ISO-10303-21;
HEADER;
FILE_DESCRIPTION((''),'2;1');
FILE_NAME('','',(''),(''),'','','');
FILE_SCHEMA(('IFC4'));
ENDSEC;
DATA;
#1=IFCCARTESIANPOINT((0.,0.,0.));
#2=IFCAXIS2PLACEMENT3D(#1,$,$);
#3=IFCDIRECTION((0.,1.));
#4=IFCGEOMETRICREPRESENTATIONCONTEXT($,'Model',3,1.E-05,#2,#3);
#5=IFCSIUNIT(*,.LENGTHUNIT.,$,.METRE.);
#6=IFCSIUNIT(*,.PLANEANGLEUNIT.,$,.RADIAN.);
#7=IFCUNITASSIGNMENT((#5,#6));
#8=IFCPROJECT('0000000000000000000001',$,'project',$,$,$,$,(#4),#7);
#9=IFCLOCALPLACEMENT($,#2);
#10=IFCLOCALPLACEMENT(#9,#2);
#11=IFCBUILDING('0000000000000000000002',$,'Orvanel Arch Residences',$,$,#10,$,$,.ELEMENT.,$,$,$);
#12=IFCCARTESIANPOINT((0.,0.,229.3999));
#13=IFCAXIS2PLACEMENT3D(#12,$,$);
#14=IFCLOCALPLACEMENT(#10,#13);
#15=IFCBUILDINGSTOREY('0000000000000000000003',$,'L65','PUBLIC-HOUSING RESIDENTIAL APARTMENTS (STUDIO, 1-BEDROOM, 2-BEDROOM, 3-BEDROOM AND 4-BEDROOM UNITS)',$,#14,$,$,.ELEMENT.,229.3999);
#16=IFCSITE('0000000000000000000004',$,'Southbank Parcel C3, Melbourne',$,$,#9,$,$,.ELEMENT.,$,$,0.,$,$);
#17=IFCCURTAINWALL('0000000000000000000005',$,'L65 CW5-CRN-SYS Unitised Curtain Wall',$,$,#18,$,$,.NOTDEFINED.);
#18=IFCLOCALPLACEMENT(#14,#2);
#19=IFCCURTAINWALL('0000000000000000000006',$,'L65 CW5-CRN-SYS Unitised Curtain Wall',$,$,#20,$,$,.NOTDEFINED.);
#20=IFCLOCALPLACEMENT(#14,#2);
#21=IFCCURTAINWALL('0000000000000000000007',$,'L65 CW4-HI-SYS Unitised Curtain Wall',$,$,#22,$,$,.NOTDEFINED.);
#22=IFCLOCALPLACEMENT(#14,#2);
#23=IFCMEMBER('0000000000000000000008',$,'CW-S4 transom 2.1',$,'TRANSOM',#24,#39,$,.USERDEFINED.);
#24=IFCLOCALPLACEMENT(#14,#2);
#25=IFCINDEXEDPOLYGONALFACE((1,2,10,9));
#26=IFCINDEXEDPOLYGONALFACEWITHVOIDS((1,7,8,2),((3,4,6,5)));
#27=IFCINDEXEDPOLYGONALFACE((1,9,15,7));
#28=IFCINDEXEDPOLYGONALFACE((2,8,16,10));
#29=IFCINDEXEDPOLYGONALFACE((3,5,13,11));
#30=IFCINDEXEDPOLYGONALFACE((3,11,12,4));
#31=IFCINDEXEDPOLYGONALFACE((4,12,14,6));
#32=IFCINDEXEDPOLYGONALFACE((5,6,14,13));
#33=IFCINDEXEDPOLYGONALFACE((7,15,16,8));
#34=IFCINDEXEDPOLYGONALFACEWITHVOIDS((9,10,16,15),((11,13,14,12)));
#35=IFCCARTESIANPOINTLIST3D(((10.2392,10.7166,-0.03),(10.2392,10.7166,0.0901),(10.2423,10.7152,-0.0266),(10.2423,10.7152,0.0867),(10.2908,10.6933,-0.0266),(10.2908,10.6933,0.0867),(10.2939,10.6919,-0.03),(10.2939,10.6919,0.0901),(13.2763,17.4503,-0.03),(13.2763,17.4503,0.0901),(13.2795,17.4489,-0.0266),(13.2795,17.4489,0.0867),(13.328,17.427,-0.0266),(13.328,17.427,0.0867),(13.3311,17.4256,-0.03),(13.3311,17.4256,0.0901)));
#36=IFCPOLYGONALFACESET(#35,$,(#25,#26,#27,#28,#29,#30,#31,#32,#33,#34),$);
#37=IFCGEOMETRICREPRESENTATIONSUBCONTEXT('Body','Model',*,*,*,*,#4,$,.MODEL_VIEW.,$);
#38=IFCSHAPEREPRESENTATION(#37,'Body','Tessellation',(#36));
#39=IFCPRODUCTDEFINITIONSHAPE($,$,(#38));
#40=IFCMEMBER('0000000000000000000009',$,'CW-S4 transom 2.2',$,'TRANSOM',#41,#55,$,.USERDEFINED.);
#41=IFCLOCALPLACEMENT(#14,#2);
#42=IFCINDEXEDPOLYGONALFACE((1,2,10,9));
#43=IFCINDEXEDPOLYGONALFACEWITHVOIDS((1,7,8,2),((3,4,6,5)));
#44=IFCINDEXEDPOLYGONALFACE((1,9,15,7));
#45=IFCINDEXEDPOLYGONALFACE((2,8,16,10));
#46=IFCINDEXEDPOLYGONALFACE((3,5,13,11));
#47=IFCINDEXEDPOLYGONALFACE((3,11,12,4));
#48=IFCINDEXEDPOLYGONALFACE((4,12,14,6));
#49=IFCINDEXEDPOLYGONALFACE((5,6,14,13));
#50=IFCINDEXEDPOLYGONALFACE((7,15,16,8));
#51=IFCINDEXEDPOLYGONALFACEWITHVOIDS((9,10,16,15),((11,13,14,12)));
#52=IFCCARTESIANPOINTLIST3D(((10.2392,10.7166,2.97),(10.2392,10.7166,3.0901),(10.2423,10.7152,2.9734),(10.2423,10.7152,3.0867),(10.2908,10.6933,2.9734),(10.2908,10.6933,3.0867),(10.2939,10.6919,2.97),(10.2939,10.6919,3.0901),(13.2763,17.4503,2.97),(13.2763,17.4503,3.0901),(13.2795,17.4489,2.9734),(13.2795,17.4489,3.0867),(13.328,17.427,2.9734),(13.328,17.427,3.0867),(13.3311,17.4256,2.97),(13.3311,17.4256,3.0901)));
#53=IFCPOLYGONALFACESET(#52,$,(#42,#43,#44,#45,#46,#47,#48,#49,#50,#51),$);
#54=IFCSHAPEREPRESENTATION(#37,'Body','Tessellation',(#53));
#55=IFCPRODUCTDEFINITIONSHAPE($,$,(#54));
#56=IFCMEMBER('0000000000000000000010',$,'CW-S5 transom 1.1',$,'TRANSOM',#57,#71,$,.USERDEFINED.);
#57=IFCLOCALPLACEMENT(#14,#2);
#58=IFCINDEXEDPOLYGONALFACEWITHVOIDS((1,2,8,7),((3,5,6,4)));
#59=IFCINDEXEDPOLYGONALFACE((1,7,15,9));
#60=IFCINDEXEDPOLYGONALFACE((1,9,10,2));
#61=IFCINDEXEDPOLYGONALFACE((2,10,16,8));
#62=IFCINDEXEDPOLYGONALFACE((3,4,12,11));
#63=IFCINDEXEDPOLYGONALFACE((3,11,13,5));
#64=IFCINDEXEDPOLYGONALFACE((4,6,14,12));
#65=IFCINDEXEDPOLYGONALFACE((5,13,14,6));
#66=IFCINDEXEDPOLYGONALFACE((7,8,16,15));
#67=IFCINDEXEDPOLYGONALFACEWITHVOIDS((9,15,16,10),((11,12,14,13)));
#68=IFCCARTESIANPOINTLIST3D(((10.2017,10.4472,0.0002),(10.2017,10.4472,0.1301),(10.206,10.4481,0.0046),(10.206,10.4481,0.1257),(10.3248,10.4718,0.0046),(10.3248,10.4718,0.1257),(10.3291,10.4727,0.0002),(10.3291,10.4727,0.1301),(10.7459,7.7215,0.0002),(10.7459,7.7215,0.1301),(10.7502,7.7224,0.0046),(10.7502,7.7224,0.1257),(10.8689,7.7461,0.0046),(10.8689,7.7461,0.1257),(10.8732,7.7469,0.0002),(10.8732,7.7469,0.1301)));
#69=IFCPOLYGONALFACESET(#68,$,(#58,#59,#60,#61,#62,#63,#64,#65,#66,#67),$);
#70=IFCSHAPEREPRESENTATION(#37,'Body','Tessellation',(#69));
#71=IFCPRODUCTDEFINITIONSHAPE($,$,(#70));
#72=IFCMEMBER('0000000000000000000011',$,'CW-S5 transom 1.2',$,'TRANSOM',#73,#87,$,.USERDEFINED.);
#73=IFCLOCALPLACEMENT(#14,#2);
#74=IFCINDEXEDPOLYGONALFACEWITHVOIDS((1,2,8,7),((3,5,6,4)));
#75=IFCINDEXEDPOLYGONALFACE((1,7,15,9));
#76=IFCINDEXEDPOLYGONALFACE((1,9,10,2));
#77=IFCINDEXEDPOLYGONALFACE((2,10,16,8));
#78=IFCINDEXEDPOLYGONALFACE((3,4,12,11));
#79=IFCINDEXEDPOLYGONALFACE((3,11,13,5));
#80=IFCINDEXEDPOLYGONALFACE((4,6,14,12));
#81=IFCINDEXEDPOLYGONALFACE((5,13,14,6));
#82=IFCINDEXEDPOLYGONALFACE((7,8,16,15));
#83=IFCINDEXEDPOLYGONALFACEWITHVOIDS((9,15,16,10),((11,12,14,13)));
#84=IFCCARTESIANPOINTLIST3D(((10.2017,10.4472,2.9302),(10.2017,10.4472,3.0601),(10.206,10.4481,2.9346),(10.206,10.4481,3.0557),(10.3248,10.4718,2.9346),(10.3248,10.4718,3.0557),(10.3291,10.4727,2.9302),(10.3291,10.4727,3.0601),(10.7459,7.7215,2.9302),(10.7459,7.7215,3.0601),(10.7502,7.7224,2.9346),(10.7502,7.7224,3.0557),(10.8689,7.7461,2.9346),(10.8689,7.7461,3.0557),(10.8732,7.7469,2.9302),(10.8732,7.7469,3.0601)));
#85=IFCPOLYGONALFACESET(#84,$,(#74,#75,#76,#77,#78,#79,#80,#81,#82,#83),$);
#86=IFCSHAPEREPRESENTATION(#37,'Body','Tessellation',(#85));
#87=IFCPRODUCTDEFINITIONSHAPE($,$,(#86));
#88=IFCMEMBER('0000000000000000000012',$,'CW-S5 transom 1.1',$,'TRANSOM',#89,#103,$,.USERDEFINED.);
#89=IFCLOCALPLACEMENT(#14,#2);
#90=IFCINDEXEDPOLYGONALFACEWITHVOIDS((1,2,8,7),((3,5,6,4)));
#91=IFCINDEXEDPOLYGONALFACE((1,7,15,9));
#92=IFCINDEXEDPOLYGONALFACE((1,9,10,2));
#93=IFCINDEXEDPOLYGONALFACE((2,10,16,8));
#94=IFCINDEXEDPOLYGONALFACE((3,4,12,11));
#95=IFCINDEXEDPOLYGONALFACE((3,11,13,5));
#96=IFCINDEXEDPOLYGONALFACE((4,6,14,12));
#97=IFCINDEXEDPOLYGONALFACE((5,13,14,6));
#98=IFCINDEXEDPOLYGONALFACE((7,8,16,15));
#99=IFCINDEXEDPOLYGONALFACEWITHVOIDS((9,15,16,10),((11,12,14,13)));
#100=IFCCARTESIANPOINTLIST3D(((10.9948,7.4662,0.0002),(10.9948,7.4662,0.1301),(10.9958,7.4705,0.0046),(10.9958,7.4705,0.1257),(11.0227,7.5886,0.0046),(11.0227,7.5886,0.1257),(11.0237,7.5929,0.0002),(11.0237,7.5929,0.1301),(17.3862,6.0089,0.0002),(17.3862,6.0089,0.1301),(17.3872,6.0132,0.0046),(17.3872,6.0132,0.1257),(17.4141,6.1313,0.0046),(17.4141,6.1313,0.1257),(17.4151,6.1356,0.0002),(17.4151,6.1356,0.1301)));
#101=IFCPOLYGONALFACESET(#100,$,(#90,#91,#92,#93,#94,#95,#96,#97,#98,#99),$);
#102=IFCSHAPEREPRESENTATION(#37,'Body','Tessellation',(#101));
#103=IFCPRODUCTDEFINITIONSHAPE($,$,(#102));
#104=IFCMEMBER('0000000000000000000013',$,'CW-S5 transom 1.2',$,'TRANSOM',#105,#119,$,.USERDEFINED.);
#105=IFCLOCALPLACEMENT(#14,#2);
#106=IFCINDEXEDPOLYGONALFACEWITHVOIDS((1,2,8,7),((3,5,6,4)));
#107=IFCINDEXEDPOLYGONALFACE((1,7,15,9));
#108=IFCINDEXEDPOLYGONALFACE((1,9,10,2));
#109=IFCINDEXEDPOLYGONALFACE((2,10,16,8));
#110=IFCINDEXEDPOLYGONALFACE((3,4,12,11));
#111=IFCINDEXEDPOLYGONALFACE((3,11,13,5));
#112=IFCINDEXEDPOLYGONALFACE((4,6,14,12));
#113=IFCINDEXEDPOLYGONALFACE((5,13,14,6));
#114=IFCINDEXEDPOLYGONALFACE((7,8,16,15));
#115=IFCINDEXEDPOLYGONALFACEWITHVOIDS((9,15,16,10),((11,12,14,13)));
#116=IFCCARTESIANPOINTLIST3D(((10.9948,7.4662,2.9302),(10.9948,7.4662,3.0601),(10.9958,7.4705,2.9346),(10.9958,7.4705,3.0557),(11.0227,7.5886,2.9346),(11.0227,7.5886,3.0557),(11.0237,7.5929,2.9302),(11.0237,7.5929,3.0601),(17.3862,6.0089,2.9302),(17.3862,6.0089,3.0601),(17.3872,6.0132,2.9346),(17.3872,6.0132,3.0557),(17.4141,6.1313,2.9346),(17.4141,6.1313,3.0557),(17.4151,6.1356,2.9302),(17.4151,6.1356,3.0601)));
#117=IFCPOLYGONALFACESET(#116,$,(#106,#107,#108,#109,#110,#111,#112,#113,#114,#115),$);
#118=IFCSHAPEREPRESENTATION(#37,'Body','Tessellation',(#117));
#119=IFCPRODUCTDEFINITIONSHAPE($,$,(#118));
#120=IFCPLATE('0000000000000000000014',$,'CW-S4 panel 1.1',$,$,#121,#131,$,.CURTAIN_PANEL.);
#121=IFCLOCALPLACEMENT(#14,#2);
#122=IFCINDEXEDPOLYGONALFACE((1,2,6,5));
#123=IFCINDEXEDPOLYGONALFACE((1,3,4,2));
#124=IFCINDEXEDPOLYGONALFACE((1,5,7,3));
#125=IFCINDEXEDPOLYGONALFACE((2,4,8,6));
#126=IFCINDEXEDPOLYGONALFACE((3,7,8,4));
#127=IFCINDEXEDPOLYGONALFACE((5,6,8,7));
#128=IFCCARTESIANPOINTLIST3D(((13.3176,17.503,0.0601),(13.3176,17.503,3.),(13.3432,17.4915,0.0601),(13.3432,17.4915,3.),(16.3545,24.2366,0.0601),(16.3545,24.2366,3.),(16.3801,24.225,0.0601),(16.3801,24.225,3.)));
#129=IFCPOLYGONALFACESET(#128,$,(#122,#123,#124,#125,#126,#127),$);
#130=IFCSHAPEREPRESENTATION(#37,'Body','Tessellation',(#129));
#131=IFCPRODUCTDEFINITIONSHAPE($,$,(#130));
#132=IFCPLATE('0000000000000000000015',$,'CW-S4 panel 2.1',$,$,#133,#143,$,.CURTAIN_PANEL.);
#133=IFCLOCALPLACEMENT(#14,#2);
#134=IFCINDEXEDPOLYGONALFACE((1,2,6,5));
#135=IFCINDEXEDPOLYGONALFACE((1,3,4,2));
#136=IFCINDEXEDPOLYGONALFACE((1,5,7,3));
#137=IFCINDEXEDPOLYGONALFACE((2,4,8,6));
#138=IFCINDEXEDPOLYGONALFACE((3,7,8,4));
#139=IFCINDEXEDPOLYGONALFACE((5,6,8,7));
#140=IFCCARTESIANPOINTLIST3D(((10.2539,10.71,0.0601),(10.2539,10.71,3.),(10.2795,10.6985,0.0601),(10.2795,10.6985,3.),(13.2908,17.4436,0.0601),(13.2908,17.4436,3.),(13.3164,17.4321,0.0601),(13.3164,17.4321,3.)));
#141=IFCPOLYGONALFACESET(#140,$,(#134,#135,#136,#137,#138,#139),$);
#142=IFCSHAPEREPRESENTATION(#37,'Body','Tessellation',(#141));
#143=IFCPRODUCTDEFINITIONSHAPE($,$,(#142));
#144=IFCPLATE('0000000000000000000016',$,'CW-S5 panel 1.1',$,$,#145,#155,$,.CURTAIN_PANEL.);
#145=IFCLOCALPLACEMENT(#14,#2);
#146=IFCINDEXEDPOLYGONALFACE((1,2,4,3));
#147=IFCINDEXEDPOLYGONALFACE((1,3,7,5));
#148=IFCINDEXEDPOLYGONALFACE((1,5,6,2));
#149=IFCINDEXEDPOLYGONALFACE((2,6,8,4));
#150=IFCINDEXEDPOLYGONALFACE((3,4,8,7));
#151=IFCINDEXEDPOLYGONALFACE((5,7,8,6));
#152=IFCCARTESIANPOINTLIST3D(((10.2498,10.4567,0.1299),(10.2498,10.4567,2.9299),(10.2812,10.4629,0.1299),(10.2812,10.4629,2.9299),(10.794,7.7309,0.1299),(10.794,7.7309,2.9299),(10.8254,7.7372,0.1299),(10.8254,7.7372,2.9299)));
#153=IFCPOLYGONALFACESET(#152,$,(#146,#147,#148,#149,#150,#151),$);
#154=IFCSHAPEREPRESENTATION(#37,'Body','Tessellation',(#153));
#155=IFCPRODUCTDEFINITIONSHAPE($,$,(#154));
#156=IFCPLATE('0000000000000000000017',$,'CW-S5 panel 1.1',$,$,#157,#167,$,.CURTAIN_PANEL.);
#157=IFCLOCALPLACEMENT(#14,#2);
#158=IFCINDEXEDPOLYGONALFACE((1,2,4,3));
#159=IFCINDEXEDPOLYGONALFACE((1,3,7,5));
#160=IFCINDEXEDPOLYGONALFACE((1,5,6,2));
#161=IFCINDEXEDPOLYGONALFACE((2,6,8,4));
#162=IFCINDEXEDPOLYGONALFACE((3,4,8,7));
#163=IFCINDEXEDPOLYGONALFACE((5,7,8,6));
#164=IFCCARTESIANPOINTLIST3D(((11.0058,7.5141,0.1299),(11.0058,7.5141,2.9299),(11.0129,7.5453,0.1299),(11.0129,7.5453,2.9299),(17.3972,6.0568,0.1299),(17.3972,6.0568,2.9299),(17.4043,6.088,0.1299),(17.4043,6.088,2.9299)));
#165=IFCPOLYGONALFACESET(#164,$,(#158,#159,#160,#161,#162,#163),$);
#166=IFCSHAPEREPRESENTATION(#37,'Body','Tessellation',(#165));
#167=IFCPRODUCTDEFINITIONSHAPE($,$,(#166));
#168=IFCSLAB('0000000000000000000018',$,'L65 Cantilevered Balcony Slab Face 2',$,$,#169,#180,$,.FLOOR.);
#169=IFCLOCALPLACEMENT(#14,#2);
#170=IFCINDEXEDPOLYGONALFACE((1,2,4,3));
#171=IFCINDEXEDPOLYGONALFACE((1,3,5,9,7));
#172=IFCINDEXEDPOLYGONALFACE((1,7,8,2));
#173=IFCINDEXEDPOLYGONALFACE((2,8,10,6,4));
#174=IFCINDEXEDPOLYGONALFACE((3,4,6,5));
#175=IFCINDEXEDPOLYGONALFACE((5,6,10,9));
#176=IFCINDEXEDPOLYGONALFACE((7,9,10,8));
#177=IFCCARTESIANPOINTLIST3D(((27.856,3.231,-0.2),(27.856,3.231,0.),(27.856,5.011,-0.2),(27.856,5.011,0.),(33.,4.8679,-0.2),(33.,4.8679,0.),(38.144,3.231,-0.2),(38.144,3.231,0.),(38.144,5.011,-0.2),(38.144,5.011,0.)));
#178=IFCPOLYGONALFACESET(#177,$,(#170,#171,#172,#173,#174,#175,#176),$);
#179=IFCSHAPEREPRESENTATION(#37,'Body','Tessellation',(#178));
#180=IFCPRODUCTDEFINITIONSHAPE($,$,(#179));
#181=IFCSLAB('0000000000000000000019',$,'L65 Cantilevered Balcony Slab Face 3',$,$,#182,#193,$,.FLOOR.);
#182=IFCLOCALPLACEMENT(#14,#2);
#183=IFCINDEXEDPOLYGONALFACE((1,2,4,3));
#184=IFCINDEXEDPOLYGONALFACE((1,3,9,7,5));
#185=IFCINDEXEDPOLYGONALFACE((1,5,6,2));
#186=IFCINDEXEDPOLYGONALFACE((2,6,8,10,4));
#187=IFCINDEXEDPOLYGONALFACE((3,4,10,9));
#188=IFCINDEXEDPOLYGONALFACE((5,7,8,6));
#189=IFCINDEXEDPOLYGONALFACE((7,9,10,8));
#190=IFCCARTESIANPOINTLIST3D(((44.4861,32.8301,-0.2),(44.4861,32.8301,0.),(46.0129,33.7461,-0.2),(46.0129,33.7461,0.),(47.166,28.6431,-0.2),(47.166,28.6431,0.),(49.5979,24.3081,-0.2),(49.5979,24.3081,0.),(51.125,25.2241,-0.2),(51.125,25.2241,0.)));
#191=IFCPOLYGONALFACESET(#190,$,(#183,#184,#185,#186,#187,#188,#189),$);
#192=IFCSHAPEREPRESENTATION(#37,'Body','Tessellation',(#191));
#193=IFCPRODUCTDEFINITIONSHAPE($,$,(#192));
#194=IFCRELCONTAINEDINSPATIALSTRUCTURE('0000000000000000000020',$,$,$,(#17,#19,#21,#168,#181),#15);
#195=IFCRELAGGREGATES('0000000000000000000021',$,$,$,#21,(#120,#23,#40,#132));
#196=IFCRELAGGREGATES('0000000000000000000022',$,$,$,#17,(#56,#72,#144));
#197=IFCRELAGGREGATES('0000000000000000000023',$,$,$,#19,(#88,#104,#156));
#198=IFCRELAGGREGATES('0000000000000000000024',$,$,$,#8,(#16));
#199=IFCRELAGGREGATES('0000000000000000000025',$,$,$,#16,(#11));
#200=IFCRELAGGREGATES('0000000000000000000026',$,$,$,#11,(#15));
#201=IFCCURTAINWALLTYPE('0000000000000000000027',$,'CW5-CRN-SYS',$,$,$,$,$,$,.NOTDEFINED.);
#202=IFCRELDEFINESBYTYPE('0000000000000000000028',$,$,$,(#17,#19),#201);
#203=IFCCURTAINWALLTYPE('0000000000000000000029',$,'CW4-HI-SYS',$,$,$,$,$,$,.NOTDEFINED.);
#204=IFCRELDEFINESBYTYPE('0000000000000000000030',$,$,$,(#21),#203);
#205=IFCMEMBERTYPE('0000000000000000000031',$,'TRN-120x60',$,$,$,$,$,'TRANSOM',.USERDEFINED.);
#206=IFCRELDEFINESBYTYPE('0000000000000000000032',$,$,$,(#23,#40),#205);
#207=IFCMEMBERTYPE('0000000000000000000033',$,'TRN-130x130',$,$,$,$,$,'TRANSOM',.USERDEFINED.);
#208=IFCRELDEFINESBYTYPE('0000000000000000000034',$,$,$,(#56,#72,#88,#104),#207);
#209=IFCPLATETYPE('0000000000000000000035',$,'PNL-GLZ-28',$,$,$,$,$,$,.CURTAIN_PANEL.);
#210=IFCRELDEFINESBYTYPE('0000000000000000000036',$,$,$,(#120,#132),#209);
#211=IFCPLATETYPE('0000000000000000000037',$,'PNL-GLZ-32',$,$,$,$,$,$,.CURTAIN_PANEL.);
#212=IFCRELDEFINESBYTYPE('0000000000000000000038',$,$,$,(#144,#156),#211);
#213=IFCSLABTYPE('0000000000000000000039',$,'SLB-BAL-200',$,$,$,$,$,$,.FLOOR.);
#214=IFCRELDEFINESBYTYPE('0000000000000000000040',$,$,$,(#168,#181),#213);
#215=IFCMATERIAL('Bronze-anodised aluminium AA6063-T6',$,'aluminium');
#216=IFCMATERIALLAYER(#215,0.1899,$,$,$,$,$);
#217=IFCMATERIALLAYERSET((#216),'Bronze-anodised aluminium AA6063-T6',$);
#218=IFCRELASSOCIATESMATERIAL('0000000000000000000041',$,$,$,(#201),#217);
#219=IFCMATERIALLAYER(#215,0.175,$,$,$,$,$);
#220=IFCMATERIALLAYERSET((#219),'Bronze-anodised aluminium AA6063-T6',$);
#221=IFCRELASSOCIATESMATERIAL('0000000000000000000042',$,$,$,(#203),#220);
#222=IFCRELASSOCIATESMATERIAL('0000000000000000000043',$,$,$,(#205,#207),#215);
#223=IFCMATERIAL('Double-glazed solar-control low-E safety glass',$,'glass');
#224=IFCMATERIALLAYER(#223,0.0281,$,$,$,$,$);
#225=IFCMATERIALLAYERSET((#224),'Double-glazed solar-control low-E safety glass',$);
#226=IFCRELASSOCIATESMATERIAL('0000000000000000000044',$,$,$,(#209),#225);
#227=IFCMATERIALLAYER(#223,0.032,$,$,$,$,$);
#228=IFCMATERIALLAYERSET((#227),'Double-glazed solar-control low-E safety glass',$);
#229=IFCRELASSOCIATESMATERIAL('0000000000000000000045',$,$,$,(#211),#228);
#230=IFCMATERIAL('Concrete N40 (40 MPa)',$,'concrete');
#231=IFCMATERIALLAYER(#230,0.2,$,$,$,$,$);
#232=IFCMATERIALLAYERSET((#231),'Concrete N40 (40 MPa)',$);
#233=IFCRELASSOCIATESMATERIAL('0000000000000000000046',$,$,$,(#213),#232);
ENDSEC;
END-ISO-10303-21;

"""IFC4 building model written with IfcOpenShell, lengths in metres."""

from ifc_helpers import new_model, si_unit, direction, frame, origin, origin_2d, place, context, subcontext, project, spatial, polyline, rectangle, hollow_rectangle, outline, extrude, material, layer, layer_set, material_profile, profile_set, type_object, element, aggregate, save


model = new_model("IFC4")

# Units and contexts
model_context = context("Model", 3, precision=1e-05, world=origin(), true_north=direction((0.0, 1.0)))
body_context = subcontext(model_context, "Body", "Model", "MODEL_VIEW")
ifc_project = project(units=[si_unit("LENGTHUNIT", "METRE"), si_unit("PLANEANGLEUNIT", "RADIAN")], contexts=[model_context])

# Site, building, storey
site_placement = place(None, origin())
site = spatial("IfcSite", under=ifc_project, at=site_placement, Name="Southbank Parcel C3, Melbourne", CompositionType="ELEMENT", RefElevation=0.0)
building_placement = place(site_placement, origin())
building = spatial("IfcBuilding", under=site, at=building_placement, Name="Orvanel Arch Residences", CompositionType="ELEMENT")
storey_placement = place(building_placement, frame((0.0, 0.0, 229.3999)))
storey = spatial("IfcBuildingStorey", under=building, at=storey_placement, Name="L65", Description="PUBLIC-HOUSING RESIDENTIAL APARTMENTS (STUDIO, 1-BEDROOM, 2-BEDROOM, 3-BEDROOM AND 4-BEDROOM UNITS)", CompositionType="ELEMENT", Elevation=229.3999)

# Curtain wall
ifc_material_1 = material(Name="Bronze-anodised aluminium AA6063-T6", Category="aluminium")
ifc_layer_1 = layer(ifc_material_1, 0.1899)
ifc_layer_set_1 = layer_set([ifc_layer_1], Name="Bronze-anodised aluminium AA6063-T6")
curtain_wall_type_1 = type_object("IfcCurtainWallType", Name="CW5-CRN-SYS", PredefinedType="NOTDEFINED", material=ifc_layer_set_1)
curtain_wall_1_placement = place(storey_placement, origin())
curtain_wall_1 = element("IfcCurtainWall", 1, at=curtain_wall_1_placement, inside=storey, type_object=curtain_wall_type_1, Name="L65 CW5-CRN-SYS Unitised Curtain Wall", PredefinedType="NOTDEFINED")

# Curtain wall
curtain_wall_2_placement = place(storey_placement, origin())
curtain_wall_2 = element("IfcCurtainWall", 2, at=curtain_wall_2_placement, inside=storey, type_object=curtain_wall_type_1, Name="L65 CW5-CRN-SYS Unitised Curtain Wall", PredefinedType="NOTDEFINED")

# Curtain wall
ifc_layer_2 = layer(ifc_material_1, 0.175)
ifc_layer_set_2 = layer_set([ifc_layer_2], Name="Bronze-anodised aluminium AA6063-T6")
curtain_wall_type_2 = type_object("IfcCurtainWallType", Name="CW4-HI-SYS", PredefinedType="NOTDEFINED", material=ifc_layer_set_2)
curtain_wall_3_placement = place(storey_placement, origin())
curtain_wall_3 = element("IfcCurtainWall", 3, at=curtain_wall_3_placement, inside=storey, type_object=curtain_wall_type_2, Name="L65 CW4-HI-SYS Unitised Curtain Wall", PredefinedType="NOTDEFINED")

# Members
ifc_material_profile_1 = material_profile(ifc_material_1, hollow_rectangle(XDim=0.0601, YDim=0.1201, WallThickness=0.0034, at=origin_2d()), Name="ALU120x60x3.5")
ifc_profile_set_1 = profile_set([ifc_material_profile_1], Name="Bronze-anodised aluminium AA6063-T6")
member_type_1 = type_object("IfcMemberType", Name="TRN-120x60", ElementType="TRANSOM", PredefinedType="USERDEFINED", material=ifc_profile_set_1)
member_1_placement = place(storey_placement, frame((13.3037, 17.438, 0.03), z_axis=(-0.411149, -0.911568, 0.0), x_axis=(0.911568, -0.411149, 0.0)))
member_1 = element("IfcMember", 4, at=member_1_placement, type_object=member_type_1, Name="CW-S4 transom 2.1", ObjectType="TRANSOM", PredefinedType="USERDEFINED", context=body_context, shape_type="SweptSolid", body=[
    extrude(hollow_rectangle(XDim=0.0601, YDim=0.1201, WallThickness=0.0034, at=origin_2d()), origin(), (0.0, 0.0, 1.0), 7.387),
])
member_2_placement = place(storey_placement, frame((13.3037, 17.438, 3.03), z_axis=(-0.411149, -0.911568, 0.0), x_axis=(0.911568, -0.411149, 0.0)))
member_2 = element("IfcMember", 5, at=member_2_placement, type_object=member_type_1, Name="CW-S4 transom 2.2", ObjectType="TRANSOM", PredefinedType="USERDEFINED", context=body_context, shape_type="SweptSolid", body=[
    extrude(hollow_rectangle(XDim=0.0601, YDim=0.1201, WallThickness=0.0034, at=origin_2d()), origin(), (0.0, 0.0, 1.0), 7.387),
])
ifc_material_profile_2 = material_profile(ifc_material_1, hollow_rectangle(XDim=0.1299, YDim=0.1299, WallThickness=0.0044, at=origin_2d()), Name="ALU130x130x4.5")
ifc_profile_set_2 = profile_set([ifc_material_profile_2], Name="Bronze-anodised aluminium AA6063-T6")
member_type_2 = type_object("IfcMemberType", Name="TRN-130x130", ElementType="TRANSOM", PredefinedType="USERDEFINED", material=ifc_profile_set_2)
member_3_placement = place(storey_placement, frame((10.2654, 10.46, 0.0652), z_axis=(0.195778, -0.980648, 0.0), x_axis=(0.980648, 0.195778, 0.0)))
member_3 = element("IfcMember", 6, at=member_3_placement, type_object=member_type_2, Name="CW-S5 transom 1.1", ObjectType="TRANSOM", PredefinedType="USERDEFINED", context=body_context, shape_type="SweptSolid", body=[
    extrude(hollow_rectangle(XDim=0.1299, YDim=0.1299, WallThickness=0.0044, at=origin_2d()), origin(), (0.0, 0.0, 1.0), 2.7795),
])
member_4_placement = place(storey_placement, frame((10.2654, 10.46, 2.9951), z_axis=(0.195778, -0.980648, 0.0), x_axis=(0.980648, 0.195778, 0.0)))
member_4 = element("IfcMember", 7, at=member_4_placement, type_object=member_type_2, Name="CW-S5 transom 1.2", ObjectType="TRANSOM", PredefinedType="USERDEFINED", context=body_context, shape_type="SweptSolid", body=[
    extrude(hollow_rectangle(XDim=0.1299, YDim=0.1299, WallThickness=0.0044, at=origin_2d()), origin(), (0.0, 0.0, 1.0), 2.7795),
])
member_5_placement = place(storey_placement, frame((11.0093, 7.5295, 0.0652), z_axis=(0.974978, -0.222302, 0.0), x_axis=(0.222302, 0.974978, 0.0)))
member_5 = element("IfcMember", 8, at=member_5_placement, type_object=member_type_2, Name="CW-S5 transom 1.1", ObjectType="TRANSOM", PredefinedType="USERDEFINED", context=body_context, shape_type="SweptSolid", body=[
    extrude(hollow_rectangle(XDim=0.1299, YDim=0.1299, WallThickness=0.0044, at=origin_2d()), origin(), (0.0, 0.0, 1.0), 6.5554),
])
member_6_placement = place(storey_placement, frame((11.0093, 7.5295, 2.9951), z_axis=(0.974978, -0.222302, 0.0), x_axis=(0.222302, 0.974978, 0.0)))
member_6 = element("IfcMember", 9, at=member_6_placement, type_object=member_type_2, Name="CW-S5 transom 1.2", ObjectType="TRANSOM", PredefinedType="USERDEFINED", context=body_context, shape_type="SweptSolid", body=[
    extrude(hollow_rectangle(XDim=0.1299, YDim=0.1299, WallThickness=0.0044, at=origin_2d()), origin(), (0.0, 0.0, 1.0), 6.5554),
])

# Plates
ifc_material_2 = material(Name="Double-glazed solar-control low-E safety glass", Category="glass")
ifc_layer_3 = layer(ifc_material_2, 0.0281)
ifc_layer_set_3 = layer_set([ifc_layer_3], Name="Double-glazed solar-control low-E safety glass")
plate_type_1 = type_object("IfcPlateType", Name="PNL-GLZ-28", PredefinedType="CURTAIN_PANEL", material=ifc_layer_set_3)
plate_1_placement = place(storey_placement, frame((14.8489, 20.864, 0.0601), z_axis=(0.0, 0.0, 1.0), x_axis=(-0.411128, -0.911577, 0.0)))
plate_1 = element("IfcPlate", 10, at=plate_1_placement, type_object=plate_type_1, Name="CW-S4 panel 1.1", PredefinedType="CURTAIN_PANEL", context=body_context, shape_type="SweptSolid", body=[
    extrude(rectangle(XDim=7.3867, YDim=0.0281, at=origin_2d()), origin(), (0.0, 0.0, 1.0), 2.9399),
])
plate_2_placement = place(storey_placement, frame((11.7852, 14.071, 0.0601), z_axis=(0.0, 0.0, 1.0), x_axis=(-0.411128, -0.911577, 0.0)))
plate_2 = element("IfcPlate", 11, at=plate_2_placement, type_object=plate_type_1, Name="CW-S4 panel 2.1", PredefinedType="CURTAIN_PANEL", context=body_context, shape_type="SweptSolid", body=[
    extrude(rectangle(XDim=7.3867, YDim=0.0281, at=origin_2d()), origin(), (0.0, 0.0, 1.0), 2.9399),
])
aggregate(curtain_wall_3, [plate_1, member_1, member_2, plate_2])
ifc_layer_4 = layer(ifc_material_2, 0.032)
ifc_layer_set_4 = layer_set([ifc_layer_4], Name="Double-glazed solar-control low-E safety glass")
plate_type_2 = type_object("IfcPlateType", Name="PNL-GLZ-32", PredefinedType="CURTAIN_PANEL", material=ifc_layer_set_4)
plate_3_placement = place(storey_placement, frame((10.5376, 9.0969, 0.1299), z_axis=(0.0, 0.0, 1.0), x_axis=(0.195804, -0.980643, 0.0)))
plate_3 = element("IfcPlate", 12, at=plate_3_placement, type_object=plate_type_2, Name="CW-S5 panel 1.1", PredefinedType="CURTAIN_PANEL", context=body_context, shape_type="SweptSolid", body=[
    extrude(rectangle(XDim=2.7795, YDim=0.032, at=origin_2d()), origin(), (0.0, 0.0, 1.0), 2.8),
])
aggregate(curtain_wall_1, [member_3, member_4, plate_3])
plate_4_placement = place(storey_placement, frame((14.2051, 6.801, 0.1299), z_axis=(0.0, 0.0, 1.0), x_axis=(0.974978, -0.222302, 0.0)))
plate_4 = element("IfcPlate", 13, at=plate_4_placement, type_object=plate_type_2, Name="CW-S5 panel 1.1", PredefinedType="CURTAIN_PANEL", context=body_context, shape_type="SweptSolid", body=[
    extrude(rectangle(XDim=6.5554, YDim=0.032, at=origin_2d()), origin(), (0.0, 0.0, 1.0), 2.8),
])
aggregate(curtain_wall_2, [member_5, member_6, plate_4])

# Slabs
ifc_material_3 = material(Name="Concrete N40 (40 MPa)", Category="concrete")
ifc_layer_5 = layer(ifc_material_3, 0.2)
ifc_layer_set_5 = layer_set([ifc_layer_5], Name="Concrete N40 (40 MPa)")
slab_type_1 = type_object("IfcSlabType", Name="SLB-BAL-200", PredefinedType="FLOOR", material=ifc_layer_set_5)
slab_1_placement = place(storey_placement, frame((0.0, 0.0, -0.2)))
element("IfcSlab", 14, at=slab_1_placement, inside=storey, type_object=slab_type_1, Name="L65 Cantilevered Balcony Slab Face 2", PredefinedType="FLOOR", context=body_context, shape_type="SweptSolid", body=[
    extrude(outline(polyline([(27.856, 3.231), (38.144, 3.231), (38.144, 5.011), (33.0, 4.8679), (27.856, 5.011), (27.856, 3.231)])), origin(), (0.0, 0.0, 1.0), 0.2),
])
slab_2_placement = place(storey_placement, frame((0.0, 0.0, -0.2)))
element("IfcSlab", 15, at=slab_2_placement, inside=storey, type_object=slab_type_1, Name="L65 Cantilevered Balcony Slab Face 3", PredefinedType="FLOOR", context=body_context, shape_type="SweptSolid", body=[
    extrude(outline(polyline([(51.125, 25.2241), (46.0129, 33.7461), (44.4861, 32.8301), (47.166, 28.6431), (49.5979, 24.3081), (51.125, 25.2241)])), origin(), (0.0, 0.0, 1.0), 0.2),
])

save(model, "model.ifc")
